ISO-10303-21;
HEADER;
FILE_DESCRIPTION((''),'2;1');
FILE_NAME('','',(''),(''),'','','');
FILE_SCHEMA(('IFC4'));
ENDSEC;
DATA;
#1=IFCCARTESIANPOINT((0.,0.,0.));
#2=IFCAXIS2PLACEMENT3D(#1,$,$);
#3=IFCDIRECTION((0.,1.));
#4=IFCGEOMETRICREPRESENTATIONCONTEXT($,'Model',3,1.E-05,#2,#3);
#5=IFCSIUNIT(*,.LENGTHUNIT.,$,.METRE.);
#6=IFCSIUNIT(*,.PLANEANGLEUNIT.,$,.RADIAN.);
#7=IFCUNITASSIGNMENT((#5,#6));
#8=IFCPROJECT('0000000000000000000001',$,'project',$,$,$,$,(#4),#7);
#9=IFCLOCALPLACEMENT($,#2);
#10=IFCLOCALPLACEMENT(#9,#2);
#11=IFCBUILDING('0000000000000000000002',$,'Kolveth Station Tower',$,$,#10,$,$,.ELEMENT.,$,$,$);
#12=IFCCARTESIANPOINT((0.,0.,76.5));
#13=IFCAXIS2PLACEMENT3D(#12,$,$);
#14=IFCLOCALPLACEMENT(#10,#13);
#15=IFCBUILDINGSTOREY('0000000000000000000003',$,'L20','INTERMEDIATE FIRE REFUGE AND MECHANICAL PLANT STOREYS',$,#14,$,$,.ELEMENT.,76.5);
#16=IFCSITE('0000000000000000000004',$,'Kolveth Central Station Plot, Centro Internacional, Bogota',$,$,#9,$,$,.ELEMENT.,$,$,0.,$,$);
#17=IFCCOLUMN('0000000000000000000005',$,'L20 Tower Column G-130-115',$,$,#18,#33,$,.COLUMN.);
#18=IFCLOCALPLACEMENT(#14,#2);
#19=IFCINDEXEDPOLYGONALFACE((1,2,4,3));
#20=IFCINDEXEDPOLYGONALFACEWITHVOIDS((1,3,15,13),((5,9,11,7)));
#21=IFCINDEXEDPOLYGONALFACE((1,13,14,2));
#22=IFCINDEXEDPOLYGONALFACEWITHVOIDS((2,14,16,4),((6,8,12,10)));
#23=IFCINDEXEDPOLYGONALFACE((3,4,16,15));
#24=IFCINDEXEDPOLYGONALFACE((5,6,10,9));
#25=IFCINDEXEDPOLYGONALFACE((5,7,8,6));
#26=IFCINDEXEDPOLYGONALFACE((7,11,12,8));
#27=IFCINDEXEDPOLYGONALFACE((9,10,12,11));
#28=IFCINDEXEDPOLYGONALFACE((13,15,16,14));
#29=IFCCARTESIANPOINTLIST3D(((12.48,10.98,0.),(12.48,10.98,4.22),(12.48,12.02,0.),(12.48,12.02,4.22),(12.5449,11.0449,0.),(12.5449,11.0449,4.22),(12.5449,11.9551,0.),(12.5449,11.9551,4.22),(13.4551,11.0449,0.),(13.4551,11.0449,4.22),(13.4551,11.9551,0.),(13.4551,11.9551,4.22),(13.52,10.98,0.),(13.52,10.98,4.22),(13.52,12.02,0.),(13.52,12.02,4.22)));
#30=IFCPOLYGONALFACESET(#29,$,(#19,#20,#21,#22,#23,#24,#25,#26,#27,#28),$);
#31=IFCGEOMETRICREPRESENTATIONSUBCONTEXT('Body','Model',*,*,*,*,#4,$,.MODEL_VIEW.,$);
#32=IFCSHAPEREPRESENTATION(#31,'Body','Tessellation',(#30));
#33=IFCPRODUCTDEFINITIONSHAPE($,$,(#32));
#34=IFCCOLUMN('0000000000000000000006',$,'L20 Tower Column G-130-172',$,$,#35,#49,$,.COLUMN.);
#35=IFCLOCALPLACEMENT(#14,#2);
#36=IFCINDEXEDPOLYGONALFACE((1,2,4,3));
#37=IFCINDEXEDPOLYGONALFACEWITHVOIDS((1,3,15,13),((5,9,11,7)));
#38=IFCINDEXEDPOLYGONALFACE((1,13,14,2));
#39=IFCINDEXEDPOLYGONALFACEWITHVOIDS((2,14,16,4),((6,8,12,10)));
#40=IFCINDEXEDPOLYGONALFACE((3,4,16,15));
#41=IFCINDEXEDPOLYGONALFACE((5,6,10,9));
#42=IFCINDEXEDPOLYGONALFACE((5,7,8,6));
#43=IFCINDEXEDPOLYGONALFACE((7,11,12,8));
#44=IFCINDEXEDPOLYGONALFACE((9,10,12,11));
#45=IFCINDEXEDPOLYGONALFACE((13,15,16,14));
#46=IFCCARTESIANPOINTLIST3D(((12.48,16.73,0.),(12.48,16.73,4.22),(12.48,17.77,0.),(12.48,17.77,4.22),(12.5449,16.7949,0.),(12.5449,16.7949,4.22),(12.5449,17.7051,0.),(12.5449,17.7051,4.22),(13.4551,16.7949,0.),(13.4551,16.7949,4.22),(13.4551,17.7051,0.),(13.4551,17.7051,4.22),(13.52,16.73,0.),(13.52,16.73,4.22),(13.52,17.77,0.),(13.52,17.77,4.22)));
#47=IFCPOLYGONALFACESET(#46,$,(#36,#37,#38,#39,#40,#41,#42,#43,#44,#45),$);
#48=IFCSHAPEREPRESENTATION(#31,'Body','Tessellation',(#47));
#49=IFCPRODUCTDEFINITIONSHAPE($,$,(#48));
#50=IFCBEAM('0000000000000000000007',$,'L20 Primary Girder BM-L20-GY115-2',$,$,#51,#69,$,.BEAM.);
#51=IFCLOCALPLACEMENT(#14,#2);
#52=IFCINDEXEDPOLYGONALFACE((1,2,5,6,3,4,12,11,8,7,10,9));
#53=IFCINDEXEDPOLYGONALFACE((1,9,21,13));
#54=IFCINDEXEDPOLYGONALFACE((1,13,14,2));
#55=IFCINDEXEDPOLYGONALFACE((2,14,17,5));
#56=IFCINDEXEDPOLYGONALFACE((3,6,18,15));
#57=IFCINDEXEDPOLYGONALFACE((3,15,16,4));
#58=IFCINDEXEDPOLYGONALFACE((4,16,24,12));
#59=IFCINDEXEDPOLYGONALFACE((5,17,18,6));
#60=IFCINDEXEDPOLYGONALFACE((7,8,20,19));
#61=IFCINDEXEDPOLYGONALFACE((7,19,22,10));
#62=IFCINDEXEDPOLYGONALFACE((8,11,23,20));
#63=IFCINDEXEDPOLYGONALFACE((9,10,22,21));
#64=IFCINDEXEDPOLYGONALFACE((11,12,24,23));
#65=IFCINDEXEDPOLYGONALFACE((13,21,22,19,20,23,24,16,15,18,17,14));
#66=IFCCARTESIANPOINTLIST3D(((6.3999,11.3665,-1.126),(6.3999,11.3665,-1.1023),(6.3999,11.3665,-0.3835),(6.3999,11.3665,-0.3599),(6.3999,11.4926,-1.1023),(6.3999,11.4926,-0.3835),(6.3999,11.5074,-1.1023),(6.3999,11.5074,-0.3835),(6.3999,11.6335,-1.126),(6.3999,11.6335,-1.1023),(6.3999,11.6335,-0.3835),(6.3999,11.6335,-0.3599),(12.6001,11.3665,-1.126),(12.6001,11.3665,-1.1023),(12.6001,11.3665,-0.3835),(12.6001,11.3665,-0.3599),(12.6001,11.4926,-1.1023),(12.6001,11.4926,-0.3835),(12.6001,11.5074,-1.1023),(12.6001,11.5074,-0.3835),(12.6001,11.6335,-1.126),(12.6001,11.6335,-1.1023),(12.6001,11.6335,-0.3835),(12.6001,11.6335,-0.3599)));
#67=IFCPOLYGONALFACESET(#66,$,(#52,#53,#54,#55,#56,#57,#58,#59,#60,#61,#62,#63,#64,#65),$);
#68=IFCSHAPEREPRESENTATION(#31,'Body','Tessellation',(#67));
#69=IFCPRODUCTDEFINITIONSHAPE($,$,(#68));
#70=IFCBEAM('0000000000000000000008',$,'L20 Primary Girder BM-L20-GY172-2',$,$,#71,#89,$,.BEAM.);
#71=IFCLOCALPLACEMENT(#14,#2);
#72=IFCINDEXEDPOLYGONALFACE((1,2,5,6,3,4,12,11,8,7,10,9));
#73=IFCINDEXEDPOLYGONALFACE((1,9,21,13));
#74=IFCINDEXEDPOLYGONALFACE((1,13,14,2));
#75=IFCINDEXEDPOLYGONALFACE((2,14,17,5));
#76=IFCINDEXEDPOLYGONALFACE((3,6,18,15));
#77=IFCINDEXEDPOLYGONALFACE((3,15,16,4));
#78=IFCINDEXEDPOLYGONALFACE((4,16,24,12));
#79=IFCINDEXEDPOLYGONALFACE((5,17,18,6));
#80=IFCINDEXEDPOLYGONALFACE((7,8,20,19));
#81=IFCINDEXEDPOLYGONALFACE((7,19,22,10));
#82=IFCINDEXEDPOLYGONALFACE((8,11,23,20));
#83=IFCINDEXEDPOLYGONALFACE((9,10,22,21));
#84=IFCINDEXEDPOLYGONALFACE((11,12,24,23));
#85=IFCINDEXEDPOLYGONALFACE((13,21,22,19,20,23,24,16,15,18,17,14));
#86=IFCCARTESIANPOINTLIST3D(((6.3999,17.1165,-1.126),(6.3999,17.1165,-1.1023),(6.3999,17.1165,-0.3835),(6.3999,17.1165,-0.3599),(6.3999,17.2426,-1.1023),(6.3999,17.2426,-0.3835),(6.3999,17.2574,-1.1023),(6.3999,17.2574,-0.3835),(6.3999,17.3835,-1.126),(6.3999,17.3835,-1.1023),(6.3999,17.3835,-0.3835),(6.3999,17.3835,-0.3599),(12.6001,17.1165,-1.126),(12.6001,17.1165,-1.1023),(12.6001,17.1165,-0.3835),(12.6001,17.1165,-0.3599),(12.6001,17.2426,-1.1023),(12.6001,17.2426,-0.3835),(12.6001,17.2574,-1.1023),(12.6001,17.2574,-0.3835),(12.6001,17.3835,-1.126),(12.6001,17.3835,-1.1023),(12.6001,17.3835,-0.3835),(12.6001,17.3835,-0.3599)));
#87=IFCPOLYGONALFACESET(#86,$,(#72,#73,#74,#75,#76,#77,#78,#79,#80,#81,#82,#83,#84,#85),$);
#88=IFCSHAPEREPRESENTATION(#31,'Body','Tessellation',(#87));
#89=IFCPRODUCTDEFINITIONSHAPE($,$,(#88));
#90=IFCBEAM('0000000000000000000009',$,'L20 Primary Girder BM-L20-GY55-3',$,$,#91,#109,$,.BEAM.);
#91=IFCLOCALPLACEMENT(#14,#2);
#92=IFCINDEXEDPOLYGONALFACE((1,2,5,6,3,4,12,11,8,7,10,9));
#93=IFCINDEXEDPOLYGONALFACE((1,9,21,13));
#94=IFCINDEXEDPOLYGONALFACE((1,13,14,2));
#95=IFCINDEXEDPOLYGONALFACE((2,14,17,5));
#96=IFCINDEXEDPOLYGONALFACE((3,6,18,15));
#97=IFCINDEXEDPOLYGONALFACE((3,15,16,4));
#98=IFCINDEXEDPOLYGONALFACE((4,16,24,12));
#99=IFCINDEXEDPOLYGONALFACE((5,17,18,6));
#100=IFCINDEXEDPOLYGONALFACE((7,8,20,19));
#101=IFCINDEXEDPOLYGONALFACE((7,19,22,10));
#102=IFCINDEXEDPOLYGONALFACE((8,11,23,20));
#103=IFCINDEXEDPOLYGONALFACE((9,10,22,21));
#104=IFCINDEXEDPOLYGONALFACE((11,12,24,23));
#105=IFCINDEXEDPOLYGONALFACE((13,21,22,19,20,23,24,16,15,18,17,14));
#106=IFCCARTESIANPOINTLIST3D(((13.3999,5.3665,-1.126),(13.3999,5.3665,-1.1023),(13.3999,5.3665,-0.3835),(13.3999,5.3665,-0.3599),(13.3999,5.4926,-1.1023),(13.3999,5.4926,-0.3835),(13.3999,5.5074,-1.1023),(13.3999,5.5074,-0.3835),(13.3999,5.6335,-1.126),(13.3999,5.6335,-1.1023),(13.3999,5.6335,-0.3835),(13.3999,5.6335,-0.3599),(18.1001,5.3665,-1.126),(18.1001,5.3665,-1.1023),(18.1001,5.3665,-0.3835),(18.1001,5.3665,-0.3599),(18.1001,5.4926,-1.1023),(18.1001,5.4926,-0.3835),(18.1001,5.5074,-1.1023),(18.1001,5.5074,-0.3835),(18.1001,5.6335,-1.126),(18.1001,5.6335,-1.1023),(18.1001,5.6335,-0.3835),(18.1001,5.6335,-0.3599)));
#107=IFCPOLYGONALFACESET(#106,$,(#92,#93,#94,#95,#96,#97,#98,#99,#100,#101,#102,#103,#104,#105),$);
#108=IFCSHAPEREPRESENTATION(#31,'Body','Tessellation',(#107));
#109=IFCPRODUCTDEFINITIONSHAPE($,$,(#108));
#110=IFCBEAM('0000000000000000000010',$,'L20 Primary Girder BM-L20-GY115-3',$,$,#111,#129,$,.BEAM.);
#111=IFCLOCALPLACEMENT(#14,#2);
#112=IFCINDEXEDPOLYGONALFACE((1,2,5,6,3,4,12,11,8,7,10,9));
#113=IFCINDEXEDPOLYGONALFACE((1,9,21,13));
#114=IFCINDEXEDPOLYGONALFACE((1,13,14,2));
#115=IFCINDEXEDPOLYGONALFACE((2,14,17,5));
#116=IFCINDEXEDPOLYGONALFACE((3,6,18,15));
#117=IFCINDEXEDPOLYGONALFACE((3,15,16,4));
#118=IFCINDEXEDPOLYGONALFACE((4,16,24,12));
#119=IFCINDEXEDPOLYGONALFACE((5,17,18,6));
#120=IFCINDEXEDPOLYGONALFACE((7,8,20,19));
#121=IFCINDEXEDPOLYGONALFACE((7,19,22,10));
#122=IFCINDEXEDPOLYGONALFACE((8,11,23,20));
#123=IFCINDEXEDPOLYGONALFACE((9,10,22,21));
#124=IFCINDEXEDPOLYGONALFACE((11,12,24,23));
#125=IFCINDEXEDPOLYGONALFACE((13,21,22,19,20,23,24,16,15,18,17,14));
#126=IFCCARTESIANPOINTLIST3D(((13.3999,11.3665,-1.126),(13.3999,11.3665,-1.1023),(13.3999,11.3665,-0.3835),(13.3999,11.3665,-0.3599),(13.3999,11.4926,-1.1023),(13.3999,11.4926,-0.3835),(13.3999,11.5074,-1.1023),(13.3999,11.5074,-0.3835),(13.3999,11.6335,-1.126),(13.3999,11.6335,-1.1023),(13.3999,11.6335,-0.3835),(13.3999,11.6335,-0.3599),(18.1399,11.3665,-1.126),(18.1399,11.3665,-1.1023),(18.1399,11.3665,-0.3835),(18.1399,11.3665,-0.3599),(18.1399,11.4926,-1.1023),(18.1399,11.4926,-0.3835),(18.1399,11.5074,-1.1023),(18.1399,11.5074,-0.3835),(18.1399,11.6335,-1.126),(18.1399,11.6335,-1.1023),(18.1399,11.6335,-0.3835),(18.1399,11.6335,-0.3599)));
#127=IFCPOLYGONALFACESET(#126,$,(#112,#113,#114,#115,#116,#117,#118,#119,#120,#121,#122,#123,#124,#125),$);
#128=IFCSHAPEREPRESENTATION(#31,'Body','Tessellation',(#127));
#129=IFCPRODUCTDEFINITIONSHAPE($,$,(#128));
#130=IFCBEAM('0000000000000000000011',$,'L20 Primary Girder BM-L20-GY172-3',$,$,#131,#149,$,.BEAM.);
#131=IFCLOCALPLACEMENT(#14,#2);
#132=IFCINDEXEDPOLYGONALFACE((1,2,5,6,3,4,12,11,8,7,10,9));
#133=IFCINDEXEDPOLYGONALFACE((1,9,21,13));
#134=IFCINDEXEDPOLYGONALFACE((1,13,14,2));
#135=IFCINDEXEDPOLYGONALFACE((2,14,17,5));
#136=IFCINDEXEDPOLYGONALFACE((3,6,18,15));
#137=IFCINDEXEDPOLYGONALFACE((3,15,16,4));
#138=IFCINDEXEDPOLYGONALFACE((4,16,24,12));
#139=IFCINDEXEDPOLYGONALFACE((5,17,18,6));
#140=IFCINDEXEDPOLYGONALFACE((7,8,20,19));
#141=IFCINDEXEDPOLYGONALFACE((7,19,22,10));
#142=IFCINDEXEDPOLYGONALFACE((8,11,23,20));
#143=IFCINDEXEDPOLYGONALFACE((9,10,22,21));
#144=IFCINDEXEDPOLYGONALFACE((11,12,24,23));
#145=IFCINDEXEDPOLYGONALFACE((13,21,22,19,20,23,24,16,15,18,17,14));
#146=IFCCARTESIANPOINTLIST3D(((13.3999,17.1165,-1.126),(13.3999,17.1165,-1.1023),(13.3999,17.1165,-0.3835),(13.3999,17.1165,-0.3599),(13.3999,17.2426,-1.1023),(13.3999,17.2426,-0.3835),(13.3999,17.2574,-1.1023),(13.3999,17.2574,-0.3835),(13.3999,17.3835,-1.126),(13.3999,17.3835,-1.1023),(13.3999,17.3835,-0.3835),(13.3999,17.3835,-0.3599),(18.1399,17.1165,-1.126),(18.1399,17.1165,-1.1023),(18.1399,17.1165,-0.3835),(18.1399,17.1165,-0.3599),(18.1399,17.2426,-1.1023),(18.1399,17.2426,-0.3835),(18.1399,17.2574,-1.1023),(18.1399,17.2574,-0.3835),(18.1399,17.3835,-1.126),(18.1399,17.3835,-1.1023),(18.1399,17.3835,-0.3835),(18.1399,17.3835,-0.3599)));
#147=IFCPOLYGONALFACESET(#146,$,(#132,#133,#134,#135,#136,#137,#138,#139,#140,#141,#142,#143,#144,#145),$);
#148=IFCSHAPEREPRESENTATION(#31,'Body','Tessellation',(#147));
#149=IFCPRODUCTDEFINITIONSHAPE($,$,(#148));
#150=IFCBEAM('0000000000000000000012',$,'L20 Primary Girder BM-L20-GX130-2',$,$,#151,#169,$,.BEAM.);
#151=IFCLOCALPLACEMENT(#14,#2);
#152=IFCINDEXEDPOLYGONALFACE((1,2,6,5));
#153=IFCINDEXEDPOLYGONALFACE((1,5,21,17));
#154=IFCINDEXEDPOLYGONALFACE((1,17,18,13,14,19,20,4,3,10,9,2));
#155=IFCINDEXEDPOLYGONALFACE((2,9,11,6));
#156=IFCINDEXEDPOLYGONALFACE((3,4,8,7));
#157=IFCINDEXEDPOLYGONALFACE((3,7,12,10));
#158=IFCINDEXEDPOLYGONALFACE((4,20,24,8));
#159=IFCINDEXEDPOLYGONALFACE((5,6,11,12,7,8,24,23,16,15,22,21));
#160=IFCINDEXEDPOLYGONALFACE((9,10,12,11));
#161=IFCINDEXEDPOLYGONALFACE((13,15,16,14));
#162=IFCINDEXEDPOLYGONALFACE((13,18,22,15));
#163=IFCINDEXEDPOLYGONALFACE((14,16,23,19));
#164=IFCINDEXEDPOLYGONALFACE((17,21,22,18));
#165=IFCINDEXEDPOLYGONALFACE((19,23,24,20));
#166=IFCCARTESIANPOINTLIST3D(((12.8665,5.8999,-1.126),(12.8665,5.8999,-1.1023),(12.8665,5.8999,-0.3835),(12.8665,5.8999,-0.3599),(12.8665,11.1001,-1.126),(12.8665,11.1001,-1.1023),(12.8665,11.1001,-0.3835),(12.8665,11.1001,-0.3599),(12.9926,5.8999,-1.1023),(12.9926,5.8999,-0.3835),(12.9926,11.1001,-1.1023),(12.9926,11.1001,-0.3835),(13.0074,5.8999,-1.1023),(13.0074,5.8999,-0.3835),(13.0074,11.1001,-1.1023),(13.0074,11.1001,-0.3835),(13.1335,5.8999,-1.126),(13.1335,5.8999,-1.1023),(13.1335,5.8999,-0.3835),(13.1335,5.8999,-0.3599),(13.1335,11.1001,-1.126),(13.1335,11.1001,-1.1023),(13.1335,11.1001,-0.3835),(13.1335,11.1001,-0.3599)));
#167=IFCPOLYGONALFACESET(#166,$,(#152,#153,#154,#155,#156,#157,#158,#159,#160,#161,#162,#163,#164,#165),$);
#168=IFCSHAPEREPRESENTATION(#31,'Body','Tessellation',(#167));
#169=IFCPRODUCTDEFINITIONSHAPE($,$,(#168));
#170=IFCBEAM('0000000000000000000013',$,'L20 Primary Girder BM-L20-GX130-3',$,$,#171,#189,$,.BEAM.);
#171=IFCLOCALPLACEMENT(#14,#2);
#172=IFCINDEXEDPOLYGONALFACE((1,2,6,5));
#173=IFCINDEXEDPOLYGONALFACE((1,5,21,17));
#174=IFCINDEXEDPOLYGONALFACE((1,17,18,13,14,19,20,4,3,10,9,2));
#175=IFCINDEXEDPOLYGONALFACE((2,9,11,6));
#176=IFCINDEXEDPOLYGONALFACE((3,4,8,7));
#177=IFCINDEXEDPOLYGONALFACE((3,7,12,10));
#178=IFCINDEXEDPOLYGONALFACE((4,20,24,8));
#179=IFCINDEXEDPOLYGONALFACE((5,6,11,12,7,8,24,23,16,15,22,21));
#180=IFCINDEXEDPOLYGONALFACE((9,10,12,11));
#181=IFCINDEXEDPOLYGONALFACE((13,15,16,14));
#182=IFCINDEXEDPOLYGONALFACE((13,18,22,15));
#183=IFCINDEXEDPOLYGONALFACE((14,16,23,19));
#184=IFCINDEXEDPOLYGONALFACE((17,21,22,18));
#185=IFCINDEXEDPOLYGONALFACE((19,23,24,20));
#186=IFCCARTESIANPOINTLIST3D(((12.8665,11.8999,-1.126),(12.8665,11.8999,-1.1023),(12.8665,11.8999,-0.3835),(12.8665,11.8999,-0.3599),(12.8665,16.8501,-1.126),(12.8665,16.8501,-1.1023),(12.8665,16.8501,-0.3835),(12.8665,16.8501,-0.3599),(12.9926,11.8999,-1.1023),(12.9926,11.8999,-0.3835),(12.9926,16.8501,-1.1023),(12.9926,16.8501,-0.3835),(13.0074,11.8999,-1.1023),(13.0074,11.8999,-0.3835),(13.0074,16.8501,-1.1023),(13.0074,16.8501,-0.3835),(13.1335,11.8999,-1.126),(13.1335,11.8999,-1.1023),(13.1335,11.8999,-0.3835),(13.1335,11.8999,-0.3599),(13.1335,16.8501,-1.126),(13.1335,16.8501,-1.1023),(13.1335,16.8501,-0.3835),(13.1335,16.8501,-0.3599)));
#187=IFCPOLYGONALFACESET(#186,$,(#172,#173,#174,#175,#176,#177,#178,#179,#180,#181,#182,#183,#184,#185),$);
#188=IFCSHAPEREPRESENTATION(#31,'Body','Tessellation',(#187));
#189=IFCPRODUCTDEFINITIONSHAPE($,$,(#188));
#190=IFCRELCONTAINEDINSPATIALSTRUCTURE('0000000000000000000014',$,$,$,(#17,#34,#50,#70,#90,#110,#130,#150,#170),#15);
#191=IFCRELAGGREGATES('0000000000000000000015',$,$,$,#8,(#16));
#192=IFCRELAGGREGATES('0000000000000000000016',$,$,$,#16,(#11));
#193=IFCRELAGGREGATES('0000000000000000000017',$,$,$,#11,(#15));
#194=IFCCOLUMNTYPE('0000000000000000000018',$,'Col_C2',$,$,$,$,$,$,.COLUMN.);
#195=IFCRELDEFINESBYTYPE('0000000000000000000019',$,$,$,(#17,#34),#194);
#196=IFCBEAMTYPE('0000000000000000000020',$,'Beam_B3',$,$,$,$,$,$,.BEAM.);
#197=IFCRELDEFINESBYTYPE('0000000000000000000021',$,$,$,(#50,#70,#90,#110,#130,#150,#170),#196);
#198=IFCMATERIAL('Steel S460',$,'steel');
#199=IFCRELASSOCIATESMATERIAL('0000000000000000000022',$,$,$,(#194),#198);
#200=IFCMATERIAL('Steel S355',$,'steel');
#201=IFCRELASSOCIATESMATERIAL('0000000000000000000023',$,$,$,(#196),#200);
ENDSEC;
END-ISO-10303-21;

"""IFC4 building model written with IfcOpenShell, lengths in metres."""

from ifc_helpers import new_model, si_unit, direction, frame, origin, origin_2d, place, context, subcontext, project, spatial, hollow_rectangle, i_section, extrude, source, transform, mapped, material, material_profile, profile_set, type_object, element, save


model = new_model("IFC4")

# Units and contexts
model_context = context("Model", 3, precision=1e-05, world=origin(), true_north=direction((0.0, 1.0)))
body_context = subcontext(model_context, "Body", "Model", "MODEL_VIEW")
ifc_project = project(units=[si_unit("LENGTHUNIT", "METRE"), si_unit("PLANEANGLEUNIT", "RADIAN")], contexts=[model_context])

# Site, building, storey
site_placement = place(None, origin())
site = spatial("IfcSite", under=ifc_project, at=site_placement, Name="Kolveth Central Station Plot, Centro Internacional, Bogota", CompositionType="ELEMENT", RefElevation=0.0)
building_placement = place(site_placement, origin())
building = spatial("IfcBuilding", under=site, at=building_placement, Name="Kolveth Station Tower", CompositionType="ELEMENT")
storey_placement = place(building_placement, frame((0.0, 0.0, 76.5)))
storey = spatial("IfcBuildingStorey", under=building, at=storey_placement, Name="L20", Description="INTERMEDIATE FIRE REFUGE AND MECHANICAL PLANT STOREYS", CompositionType="ELEMENT", Elevation=76.5)

# Columns
ifc_material_1 = material(Name="Steel S460", Category="steel")
ifc_material_profile_1 = material_profile(ifc_material_1, hollow_rectangle(XDim=1.04, YDim=1.04, WallThickness=0.0649, at=origin_2d()), Name="BOX1040x1040x65")
ifc_profile_set_1 = profile_set([ifc_material_profile_1], Name="Steel S460")
column_type = type_object("IfcColumnType", Name="Col_C2", PredefinedType="COLUMN", material=ifc_profile_set_1)
shared_shape_1 = source(origin(), body_context, "Body", "SweptSolid", [
    extrude(hollow_rectangle(XDim=1.04, YDim=1.04, WallThickness=0.0649, at=origin_2d()), origin(), (0.0, 0.0, 1.0), 4.22),
])
for number, where, z_axis, x_axis, name in (
    (1, (13.0, 11.5, 0.0), (0.0, 0.0, 1.0), (1.0, 0.0, 0.0), "L20 Tower Column G-130-115"),
    (2, (13.0, 17.25, 0.0), (0.0, 0.0, 1.0), (1.0, 0.0, 0.0), "L20 Tower Column G-130-172"),
):
    element("IfcColumn", number, at=place(storey_placement, frame(where, z_axis=z_axis, x_axis=x_axis)), inside=storey, type_object=column_type, Name=name, PredefinedType="COLUMN", context=body_context, shape_type="MappedRepresentation", body=[
        mapped(shared_shape_1, transform((0.0, 0.0, 0.0), x_axis=(1.0, 0.0, 0.0), y_axis=(0.0, 1.0, 0.0), z_axis=(0.0, 0.0, 1.0), scale=1.0)),
    ])

# Beams
ifc_material_2 = material(Name="Steel S355", Category="steel")
ifc_material_profile_2 = material_profile(ifc_material_2, i_section(OverallWidth=0.2671, OverallDepth=0.7661, WebThickness=0.0149, FlangeThickness=0.0237, at=origin_2d()), Name="W760x185")
ifc_profile_set_2 = profile_set([ifc_material_profile_2], Name="Steel S355")
beam_type_1 = type_object("IfcBeamType", Name="Beam_B3", PredefinedType="BEAM", material=ifc_profile_set_2)
shared_shape_2 = source(origin(), body_context, "Body", "SweptSolid", [
    extrude(i_section(OverallWidth=0.2671, OverallDepth=0.7661, WebThickness=0.0149, FlangeThickness=0.0237, at=origin_2d()), origin(), (0.0, 0.0, 1.0), 6.2002),
])
for number, where, z_axis, x_axis, name in (
    (3, (6.3999, 11.5, -0.7429), (1.0, 0.0, 0.0), (0.0, 1.0, 0.0), "L20 Primary Girder BM-L20-GY115-2"),
    (4, (6.3999, 17.25, -0.7429), (1.0, 0.0, 0.0), (0.0, 1.0, 0.0), "L20 Primary Girder BM-L20-GY172-2"),
):
    element("IfcBeam", number, at=place(storey_placement, frame(where, z_axis=z_axis, x_axis=x_axis)), inside=storey, type_object=beam_type_1, Name=name, PredefinedType="BEAM", context=body_context, shape_type="MappedRepresentation", body=[
        mapped(shared_shape_2, transform((0.0, 0.0, 0.0), x_axis=(1.0, 0.0, 0.0), y_axis=(0.0, 1.0, 0.0), z_axis=(0.0, 0.0, 1.0), scale=1.0)),
    ])
shared_shape_3 = source(origin(), body_context, "Body", "SweptSolid", [
    extrude(i_section(OverallWidth=0.2671, OverallDepth=0.7661, WebThickness=0.0149, FlangeThickness=0.0237, at=origin_2d()), origin(), (0.0, 0.0, 1.0), 4.7002),
])
beam_1_placement = place(storey_placement, frame((13.3999, 5.5, -0.7429), z_axis=(1.0, 0.0, 0.0), x_axis=(0.0, 1.0, 0.0)))
element("IfcBeam", 5, at=beam_1_placement, inside=storey, type_object=beam_type_1, Name="L20 Primary Girder BM-L20-GY55-3", PredefinedType="BEAM", context=body_context, shape_type="MappedRepresentation", body=[
    mapped(shared_shape_3, transform((0.0, 0.0, 0.0), x_axis=(1.0, 0.0, 0.0), y_axis=(0.0, 1.0, 0.0), z_axis=(0.0, 0.0, 1.0), scale=1.0)),
])
shared_shape_4 = source(origin(), body_context, "Body", "SweptSolid", [
    extrude(i_section(OverallWidth=0.2671, OverallDepth=0.7661, WebThickness=0.0149, FlangeThickness=0.0237, at=origin_2d()), origin(), (0.0, 0.0, 1.0), 4.74),
])
for number, where, z_axis, x_axis, name in (
    (6, (13.3999, 11.5, -0.7429), (1.0, 0.0, 0.0), (0.0, 1.0, 0.0), "L20 Primary Girder BM-L20-GY115-3"),
    (7, (13.3999, 17.25, -0.7429), (1.0, 0.0, 0.0), (0.0, 1.0, 0.0), "L20 Primary Girder BM-L20-GY172-3"),
):
    element("IfcBeam", number, at=place(storey_placement, frame(where, z_axis=z_axis, x_axis=x_axis)), inside=storey, type_object=beam_type_1, Name=name, PredefinedType="BEAM", context=body_context, shape_type="MappedRepresentation", body=[
        mapped(shared_shape_4, transform((0.0, 0.0, 0.0), x_axis=(1.0, 0.0, 0.0), y_axis=(0.0, 1.0, 0.0), z_axis=(0.0, 0.0, 1.0), scale=1.0)),
    ])
shared_shape_5 = source(origin(), body_context, "Body", "SweptSolid", [
    extrude(i_section(OverallWidth=0.2671, OverallDepth=0.7661, WebThickness=0.0149, FlangeThickness=0.0237, at=origin_2d()), origin(), (0.0, 0.0, 1.0), 5.2002),
])
beam_2_placement = place(storey_placement, frame((13.0, 5.8999, -0.7429), z_axis=(0.0, 1.0, 0.0), x_axis=(-1.0, 0.0, 0.0)))
element("IfcBeam", 8, at=beam_2_placement, inside=storey, type_object=beam_type_1, Name="L20 Primary Girder BM-L20-GX130-2", PredefinedType="BEAM", context=body_context, shape_type="MappedRepresentation", body=[
    mapped(shared_shape_5, transform((0.0, 0.0, 0.0), x_axis=(1.0, 0.0, 0.0), y_axis=(0.0, 1.0, 0.0), z_axis=(0.0, 0.0, 1.0), scale=1.0)),
])
shared_shape_6 = source(origin(), body_context, "Body", "SweptSolid", [
    extrude(i_section(OverallWidth=0.2671, OverallDepth=0.7661, WebThickness=0.0149, FlangeThickness=0.0237, at=origin_2d()), origin(), (0.0, 0.0, 1.0), 4.9502),
])
for number, where, z_axis, x_axis, name in (
    (9, (13.0, 11.8999, -0.7429), (0.0, 1.0, 0.0), (-1.0, 0.0, 0.0), "L20 Primary Girder BM-L20-GX130-3"),
):
    element("IfcBeam", number, at=place(storey_placement, frame(where, z_axis=z_axis, x_axis=x_axis)), inside=storey, type_object=beam_type_1, Name=name, PredefinedType="BEAM", context=body_context, shape_type="MappedRepresentation", body=[
        mapped(shared_shape_6, transform((0.0, 0.0, 0.0), x_axis=(1.0, 0.0, 0.0), y_axis=(0.0, 1.0, 0.0), z_axis=(0.0, 0.0, 1.0), scale=1.0)),
    ])

save(model, "model.ifc")
